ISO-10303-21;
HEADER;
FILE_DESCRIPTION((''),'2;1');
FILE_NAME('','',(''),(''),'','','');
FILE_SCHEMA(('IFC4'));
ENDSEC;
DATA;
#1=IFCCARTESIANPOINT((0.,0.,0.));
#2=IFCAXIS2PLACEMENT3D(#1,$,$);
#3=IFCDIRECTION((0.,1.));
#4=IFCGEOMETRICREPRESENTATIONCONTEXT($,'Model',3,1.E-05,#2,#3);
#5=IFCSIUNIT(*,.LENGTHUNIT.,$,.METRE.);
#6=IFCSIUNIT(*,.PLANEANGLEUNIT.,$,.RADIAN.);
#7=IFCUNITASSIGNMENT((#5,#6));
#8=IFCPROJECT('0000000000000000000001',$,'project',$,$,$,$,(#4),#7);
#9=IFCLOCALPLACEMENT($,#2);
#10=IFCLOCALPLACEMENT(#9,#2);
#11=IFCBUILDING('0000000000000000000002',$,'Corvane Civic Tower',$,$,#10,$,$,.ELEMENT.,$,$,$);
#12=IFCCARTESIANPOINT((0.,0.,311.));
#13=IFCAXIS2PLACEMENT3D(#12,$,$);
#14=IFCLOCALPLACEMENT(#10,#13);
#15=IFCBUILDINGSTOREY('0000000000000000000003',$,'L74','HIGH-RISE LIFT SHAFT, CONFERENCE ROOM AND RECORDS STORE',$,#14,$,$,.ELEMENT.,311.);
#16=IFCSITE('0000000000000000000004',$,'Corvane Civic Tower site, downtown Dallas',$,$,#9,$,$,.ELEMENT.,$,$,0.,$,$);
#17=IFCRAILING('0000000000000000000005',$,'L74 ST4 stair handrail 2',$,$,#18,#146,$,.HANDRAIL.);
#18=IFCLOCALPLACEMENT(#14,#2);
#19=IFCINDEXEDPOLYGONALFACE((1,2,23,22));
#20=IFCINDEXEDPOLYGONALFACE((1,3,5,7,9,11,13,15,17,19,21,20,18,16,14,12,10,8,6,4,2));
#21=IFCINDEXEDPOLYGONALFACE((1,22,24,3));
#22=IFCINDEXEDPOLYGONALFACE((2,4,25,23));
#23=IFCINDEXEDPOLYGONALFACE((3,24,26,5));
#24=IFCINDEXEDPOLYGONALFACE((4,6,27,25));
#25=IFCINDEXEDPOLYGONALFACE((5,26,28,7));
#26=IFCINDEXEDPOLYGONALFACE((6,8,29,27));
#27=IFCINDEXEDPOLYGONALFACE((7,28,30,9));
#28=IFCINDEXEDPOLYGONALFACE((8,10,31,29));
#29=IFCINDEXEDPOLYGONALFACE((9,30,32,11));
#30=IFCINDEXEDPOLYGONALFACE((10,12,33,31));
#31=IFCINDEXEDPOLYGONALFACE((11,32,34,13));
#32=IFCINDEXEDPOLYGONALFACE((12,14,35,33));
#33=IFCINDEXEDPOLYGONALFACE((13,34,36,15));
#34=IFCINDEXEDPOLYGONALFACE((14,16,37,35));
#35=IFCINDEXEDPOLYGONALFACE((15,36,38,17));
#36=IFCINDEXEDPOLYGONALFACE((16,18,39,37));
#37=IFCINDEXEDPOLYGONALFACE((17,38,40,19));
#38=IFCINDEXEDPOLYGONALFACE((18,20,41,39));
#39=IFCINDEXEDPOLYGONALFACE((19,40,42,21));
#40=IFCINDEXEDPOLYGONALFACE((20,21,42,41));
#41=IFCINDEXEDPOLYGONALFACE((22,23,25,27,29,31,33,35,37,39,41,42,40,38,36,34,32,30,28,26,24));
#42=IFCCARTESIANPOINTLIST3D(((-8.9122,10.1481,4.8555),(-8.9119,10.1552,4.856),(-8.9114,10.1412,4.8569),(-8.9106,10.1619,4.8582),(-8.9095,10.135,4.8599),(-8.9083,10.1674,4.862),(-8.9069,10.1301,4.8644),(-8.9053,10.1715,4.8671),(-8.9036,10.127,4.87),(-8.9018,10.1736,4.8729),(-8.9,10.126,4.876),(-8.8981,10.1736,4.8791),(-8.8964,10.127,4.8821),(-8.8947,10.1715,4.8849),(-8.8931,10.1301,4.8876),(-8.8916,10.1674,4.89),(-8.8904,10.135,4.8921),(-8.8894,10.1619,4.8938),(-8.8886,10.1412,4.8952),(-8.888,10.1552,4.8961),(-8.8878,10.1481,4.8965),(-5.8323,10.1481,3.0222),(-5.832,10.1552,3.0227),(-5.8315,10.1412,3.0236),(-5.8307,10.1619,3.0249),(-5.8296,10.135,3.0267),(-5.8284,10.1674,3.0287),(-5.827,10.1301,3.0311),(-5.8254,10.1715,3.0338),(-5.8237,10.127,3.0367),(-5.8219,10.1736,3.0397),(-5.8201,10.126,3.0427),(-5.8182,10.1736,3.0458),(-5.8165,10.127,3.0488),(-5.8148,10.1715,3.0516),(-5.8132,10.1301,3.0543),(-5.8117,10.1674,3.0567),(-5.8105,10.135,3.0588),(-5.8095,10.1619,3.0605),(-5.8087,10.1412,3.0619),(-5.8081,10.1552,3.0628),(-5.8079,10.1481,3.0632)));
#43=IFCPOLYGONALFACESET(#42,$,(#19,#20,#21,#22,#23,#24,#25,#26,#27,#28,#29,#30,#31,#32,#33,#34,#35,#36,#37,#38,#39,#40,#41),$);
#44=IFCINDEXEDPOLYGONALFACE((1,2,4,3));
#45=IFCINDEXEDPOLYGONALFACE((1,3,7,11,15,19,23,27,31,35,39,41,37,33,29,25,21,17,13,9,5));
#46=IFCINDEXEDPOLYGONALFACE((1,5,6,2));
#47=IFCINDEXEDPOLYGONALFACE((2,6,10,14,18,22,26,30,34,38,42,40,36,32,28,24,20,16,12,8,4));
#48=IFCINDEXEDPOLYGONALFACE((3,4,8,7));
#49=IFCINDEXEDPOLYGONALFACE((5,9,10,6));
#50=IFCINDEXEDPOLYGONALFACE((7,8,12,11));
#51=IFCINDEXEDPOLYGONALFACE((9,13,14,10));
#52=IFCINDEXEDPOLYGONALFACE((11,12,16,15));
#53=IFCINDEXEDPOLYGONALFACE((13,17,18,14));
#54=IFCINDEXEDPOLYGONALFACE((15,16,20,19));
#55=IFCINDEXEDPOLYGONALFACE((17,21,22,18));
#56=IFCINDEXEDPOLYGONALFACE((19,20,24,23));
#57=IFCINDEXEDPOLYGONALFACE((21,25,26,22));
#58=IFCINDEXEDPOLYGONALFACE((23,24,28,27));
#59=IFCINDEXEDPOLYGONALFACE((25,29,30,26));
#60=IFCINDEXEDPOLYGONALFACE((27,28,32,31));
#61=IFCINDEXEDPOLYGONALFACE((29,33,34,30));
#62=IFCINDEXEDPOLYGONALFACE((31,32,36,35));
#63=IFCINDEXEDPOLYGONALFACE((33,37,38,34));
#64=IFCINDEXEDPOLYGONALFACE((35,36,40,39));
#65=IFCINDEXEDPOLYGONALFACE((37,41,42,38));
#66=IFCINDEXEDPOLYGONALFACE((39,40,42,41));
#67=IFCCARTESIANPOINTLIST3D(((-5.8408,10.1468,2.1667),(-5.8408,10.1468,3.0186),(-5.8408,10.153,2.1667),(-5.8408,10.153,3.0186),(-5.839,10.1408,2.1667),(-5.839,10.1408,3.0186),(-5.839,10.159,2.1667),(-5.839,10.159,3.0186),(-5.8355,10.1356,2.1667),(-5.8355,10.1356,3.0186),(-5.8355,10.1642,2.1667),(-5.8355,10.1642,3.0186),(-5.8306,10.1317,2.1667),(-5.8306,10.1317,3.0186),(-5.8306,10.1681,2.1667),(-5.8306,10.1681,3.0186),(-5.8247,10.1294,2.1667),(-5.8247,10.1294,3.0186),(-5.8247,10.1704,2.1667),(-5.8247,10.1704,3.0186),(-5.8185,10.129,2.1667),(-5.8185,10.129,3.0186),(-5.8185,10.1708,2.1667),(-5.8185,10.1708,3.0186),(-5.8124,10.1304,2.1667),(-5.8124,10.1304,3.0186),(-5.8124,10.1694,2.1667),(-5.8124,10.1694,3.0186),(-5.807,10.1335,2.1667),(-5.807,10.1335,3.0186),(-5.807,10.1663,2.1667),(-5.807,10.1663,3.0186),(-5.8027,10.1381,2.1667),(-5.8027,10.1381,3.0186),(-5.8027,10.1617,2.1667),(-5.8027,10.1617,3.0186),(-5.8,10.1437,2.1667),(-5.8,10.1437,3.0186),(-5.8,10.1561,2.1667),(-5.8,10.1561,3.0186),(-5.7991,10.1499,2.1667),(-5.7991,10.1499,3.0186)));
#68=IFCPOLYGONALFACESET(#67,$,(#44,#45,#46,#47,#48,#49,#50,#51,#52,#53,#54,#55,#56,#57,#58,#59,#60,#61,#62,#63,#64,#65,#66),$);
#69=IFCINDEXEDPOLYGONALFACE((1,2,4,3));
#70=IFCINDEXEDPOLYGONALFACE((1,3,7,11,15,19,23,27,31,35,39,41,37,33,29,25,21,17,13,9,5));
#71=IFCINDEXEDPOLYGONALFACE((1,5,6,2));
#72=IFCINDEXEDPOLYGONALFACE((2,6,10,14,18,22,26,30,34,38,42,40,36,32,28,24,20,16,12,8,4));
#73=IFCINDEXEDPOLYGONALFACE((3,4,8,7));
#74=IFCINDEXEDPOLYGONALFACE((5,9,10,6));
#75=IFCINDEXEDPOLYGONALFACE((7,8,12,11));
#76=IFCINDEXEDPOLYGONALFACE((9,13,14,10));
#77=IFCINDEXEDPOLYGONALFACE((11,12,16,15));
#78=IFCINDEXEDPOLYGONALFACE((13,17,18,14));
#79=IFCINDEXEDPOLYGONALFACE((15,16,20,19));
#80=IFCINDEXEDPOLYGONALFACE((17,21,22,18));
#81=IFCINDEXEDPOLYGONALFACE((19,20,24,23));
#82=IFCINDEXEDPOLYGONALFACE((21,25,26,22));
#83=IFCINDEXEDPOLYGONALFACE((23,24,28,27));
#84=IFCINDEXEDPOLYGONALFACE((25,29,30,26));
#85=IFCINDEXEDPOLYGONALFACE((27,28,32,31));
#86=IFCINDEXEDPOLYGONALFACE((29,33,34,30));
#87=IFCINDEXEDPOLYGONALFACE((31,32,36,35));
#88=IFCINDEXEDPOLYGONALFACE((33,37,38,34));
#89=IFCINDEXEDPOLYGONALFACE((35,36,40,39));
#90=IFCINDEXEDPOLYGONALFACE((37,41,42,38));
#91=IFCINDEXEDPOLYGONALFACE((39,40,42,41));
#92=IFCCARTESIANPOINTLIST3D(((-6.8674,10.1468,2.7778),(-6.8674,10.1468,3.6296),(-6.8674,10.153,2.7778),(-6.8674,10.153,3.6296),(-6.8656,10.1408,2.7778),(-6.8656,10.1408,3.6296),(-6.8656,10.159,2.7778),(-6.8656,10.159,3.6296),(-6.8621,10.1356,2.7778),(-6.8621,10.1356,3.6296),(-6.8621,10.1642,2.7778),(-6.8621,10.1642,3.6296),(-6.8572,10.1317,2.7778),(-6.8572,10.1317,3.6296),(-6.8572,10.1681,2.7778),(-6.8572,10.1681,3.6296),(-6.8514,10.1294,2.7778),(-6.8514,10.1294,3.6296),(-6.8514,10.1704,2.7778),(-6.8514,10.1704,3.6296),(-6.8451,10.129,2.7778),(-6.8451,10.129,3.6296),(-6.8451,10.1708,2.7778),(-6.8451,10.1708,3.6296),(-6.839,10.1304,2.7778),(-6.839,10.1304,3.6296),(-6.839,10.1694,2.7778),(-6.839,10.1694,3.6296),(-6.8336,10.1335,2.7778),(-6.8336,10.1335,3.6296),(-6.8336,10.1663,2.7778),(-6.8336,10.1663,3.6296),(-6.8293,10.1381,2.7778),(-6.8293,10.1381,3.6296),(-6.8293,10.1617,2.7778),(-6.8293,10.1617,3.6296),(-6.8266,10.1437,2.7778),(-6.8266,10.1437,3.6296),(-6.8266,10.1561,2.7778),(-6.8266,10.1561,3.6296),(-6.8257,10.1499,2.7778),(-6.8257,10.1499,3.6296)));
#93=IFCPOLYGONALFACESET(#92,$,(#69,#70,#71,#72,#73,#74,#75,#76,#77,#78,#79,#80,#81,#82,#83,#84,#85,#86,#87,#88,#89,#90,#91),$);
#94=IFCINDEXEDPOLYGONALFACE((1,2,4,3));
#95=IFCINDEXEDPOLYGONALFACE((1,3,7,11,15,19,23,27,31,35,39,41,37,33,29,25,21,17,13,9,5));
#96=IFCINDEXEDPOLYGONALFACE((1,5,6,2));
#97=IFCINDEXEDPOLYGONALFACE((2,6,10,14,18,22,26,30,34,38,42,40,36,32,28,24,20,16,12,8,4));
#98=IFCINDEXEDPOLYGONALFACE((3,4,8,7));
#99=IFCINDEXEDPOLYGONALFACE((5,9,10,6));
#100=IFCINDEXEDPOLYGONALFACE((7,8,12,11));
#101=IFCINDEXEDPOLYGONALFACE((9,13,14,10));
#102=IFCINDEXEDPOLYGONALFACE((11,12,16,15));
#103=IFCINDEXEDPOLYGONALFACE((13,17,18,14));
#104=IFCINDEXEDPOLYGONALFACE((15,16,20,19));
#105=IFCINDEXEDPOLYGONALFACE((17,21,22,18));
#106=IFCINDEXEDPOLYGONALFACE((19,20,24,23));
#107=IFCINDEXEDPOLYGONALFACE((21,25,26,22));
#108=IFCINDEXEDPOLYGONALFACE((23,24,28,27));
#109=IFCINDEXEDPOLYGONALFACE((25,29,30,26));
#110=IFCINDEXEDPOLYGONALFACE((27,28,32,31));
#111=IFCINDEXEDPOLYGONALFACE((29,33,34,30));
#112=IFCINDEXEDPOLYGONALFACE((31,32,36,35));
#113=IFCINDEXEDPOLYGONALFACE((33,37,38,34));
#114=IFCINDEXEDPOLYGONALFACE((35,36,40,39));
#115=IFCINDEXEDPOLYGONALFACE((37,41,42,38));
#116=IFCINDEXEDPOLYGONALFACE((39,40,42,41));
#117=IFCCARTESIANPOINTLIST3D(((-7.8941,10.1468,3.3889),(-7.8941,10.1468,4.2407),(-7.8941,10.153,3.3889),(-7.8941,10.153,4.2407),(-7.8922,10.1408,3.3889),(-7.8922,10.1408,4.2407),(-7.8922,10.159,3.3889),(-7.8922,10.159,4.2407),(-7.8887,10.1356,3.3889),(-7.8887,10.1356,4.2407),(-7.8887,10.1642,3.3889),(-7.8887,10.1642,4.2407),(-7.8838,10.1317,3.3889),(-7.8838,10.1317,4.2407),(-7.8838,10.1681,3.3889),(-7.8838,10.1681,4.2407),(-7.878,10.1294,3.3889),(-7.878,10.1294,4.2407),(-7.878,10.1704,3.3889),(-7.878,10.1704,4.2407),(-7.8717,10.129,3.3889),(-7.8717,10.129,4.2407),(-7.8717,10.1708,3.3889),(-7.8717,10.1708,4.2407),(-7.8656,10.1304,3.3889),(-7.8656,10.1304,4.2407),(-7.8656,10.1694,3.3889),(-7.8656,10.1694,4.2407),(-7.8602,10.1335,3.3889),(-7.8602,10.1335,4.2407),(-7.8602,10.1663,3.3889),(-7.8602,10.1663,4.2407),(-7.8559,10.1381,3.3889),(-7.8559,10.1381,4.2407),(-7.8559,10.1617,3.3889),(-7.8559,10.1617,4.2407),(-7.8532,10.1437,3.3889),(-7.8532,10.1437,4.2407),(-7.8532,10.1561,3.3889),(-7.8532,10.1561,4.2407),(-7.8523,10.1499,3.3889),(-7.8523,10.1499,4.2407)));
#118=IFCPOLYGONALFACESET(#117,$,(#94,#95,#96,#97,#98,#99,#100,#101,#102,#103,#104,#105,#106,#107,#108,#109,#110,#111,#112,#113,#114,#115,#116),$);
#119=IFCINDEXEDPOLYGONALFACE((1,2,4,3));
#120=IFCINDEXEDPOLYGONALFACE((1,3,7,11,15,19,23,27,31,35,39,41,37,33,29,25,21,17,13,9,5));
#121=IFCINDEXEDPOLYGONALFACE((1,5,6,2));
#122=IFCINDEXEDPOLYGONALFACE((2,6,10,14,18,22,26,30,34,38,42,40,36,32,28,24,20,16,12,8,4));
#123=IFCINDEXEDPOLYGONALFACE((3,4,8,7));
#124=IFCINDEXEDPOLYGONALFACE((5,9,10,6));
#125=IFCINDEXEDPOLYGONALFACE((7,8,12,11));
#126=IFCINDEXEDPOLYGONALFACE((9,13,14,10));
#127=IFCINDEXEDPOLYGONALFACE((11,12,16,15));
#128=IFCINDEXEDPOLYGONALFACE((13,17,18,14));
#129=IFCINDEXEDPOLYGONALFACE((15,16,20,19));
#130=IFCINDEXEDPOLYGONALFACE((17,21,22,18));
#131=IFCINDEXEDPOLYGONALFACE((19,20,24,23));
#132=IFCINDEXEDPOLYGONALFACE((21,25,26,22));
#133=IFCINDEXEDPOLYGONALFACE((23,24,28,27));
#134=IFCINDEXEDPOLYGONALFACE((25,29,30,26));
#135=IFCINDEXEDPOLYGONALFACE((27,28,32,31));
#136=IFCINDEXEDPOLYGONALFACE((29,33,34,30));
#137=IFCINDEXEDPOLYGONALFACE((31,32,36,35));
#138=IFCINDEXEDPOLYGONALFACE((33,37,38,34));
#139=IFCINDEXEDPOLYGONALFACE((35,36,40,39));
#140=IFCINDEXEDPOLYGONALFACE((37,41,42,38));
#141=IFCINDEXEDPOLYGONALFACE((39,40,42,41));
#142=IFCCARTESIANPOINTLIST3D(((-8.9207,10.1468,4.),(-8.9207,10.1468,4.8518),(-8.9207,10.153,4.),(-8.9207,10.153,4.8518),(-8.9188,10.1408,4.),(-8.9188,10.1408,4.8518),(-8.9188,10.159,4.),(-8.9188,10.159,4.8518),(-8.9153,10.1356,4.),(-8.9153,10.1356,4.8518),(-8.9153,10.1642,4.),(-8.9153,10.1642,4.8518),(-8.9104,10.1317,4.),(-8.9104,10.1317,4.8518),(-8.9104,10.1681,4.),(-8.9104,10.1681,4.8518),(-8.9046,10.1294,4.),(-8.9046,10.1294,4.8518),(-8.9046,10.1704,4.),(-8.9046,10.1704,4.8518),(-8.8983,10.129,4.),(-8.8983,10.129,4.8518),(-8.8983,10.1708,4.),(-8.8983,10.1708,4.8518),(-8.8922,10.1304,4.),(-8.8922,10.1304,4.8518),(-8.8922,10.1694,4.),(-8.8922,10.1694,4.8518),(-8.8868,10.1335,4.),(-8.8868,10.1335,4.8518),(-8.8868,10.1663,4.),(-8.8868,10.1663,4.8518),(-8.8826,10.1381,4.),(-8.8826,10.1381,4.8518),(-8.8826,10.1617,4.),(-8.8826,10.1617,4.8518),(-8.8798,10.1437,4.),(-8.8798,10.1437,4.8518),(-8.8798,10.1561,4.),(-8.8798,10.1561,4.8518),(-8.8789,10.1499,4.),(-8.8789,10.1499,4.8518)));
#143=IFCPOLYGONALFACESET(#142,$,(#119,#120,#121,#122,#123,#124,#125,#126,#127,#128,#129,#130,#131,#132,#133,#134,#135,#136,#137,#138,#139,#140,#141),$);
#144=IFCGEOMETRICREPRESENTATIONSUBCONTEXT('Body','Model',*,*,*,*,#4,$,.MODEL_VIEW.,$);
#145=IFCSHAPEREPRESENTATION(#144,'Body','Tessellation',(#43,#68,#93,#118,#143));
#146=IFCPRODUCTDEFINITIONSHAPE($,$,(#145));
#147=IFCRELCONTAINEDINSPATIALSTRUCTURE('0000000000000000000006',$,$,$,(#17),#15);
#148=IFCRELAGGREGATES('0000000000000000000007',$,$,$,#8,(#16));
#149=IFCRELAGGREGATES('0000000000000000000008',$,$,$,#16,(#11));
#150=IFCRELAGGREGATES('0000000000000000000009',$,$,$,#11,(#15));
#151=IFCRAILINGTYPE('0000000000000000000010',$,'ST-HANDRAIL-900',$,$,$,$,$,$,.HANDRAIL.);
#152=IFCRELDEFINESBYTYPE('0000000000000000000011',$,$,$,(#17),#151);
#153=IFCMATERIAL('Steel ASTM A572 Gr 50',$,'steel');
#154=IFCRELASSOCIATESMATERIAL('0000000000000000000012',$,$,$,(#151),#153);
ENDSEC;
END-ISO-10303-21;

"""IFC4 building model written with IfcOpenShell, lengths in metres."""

from ifc_helpers import new_model, si_unit, direction, frame, origin, origin_2d, place, context, subcontext, project, spatial, circle, extrude, material, type_object, element, save


model = new_model("IFC4")

# Units and contexts
model_context = context("Model", 3, precision=1e-05, world=origin(), true_north=direction((0.0, 1.0)))
body_context = subcontext(model_context, "Body", "Model", "MODEL_VIEW")
ifc_project = project(units=[si_unit("LENGTHUNIT", "METRE"), si_unit("PLANEANGLEUNIT", "RADIAN")], contexts=[model_context])

# Site, building, storey
site_placement = place(None, origin())
site = spatial("IfcSite", under=ifc_project, at=site_placement, Name="Corvane Civic Tower site, downtown Dallas", CompositionType="ELEMENT", RefElevation=0.0)
building_placement = place(site_placement, origin())
building = spatial("IfcBuilding", under=site, at=building_placement, Name="Corvane Civic Tower", CompositionType="ELEMENT")
storey_placement = place(building_placement, frame((0.0, 0.0, 311.0)))
storey = spatial("IfcBuildingStorey", under=building, at=storey_placement, Name="L74", Description="HIGH-RISE LIFT SHAFT, CONFERENCE ROOM AND RECORDS STORE", CompositionType="ELEMENT", Elevation=311.0)

# Railing
ifc_material_1 = material(Name="Steel ASTM A572 Gr 50", Category="steel")
railing_type_1 = type_object("IfcRailingType", Name="ST-HANDRAIL-900", PredefinedType="HANDRAIL", material=ifc_material_1)
railing_1_placement = place(storey_placement, frame((-5.8201, 10.1499, 2.1667)))
element("IfcRailing", 1, at=railing_1_placement, inside=storey, type_object=railing_type_1, Name="L74 ST4 stair handrail 2", PredefinedType="HANDRAIL", context=body_context, shape_type="SweptSolid", body=[
    extrude(circle(Radius=0.0239, at=origin_2d()), frame((0.0, 0.0, 0.876), z_axis=(-0.859291, 0.0, 0.511487), x_axis=(0.0, -1.0, 0.0)), (0.0, 0.0, 1.0), 3.5842),
    extrude(circle(Radius=0.021, at=origin_2d()), origin(), (0.0, 0.0, 1.0), 0.8518),
    extrude(circle(Radius=0.021, at=origin_2d()), frame((-1.0266, 0.0, 0.6111)), (0.0, 0.0, 1.0), 0.8518),
    extrude(circle(Radius=0.021, at=origin_2d()), frame((-2.0532, 0.0, 1.2222)), (0.0, 0.0, 1.0), 0.8518),
    extrude(circle(Radius=0.021, at=origin_2d()), frame((-3.0798, 0.0, 1.8333)), (0.0, 0.0, 1.0), 0.8518),
])

save(model, "model.ifc")
